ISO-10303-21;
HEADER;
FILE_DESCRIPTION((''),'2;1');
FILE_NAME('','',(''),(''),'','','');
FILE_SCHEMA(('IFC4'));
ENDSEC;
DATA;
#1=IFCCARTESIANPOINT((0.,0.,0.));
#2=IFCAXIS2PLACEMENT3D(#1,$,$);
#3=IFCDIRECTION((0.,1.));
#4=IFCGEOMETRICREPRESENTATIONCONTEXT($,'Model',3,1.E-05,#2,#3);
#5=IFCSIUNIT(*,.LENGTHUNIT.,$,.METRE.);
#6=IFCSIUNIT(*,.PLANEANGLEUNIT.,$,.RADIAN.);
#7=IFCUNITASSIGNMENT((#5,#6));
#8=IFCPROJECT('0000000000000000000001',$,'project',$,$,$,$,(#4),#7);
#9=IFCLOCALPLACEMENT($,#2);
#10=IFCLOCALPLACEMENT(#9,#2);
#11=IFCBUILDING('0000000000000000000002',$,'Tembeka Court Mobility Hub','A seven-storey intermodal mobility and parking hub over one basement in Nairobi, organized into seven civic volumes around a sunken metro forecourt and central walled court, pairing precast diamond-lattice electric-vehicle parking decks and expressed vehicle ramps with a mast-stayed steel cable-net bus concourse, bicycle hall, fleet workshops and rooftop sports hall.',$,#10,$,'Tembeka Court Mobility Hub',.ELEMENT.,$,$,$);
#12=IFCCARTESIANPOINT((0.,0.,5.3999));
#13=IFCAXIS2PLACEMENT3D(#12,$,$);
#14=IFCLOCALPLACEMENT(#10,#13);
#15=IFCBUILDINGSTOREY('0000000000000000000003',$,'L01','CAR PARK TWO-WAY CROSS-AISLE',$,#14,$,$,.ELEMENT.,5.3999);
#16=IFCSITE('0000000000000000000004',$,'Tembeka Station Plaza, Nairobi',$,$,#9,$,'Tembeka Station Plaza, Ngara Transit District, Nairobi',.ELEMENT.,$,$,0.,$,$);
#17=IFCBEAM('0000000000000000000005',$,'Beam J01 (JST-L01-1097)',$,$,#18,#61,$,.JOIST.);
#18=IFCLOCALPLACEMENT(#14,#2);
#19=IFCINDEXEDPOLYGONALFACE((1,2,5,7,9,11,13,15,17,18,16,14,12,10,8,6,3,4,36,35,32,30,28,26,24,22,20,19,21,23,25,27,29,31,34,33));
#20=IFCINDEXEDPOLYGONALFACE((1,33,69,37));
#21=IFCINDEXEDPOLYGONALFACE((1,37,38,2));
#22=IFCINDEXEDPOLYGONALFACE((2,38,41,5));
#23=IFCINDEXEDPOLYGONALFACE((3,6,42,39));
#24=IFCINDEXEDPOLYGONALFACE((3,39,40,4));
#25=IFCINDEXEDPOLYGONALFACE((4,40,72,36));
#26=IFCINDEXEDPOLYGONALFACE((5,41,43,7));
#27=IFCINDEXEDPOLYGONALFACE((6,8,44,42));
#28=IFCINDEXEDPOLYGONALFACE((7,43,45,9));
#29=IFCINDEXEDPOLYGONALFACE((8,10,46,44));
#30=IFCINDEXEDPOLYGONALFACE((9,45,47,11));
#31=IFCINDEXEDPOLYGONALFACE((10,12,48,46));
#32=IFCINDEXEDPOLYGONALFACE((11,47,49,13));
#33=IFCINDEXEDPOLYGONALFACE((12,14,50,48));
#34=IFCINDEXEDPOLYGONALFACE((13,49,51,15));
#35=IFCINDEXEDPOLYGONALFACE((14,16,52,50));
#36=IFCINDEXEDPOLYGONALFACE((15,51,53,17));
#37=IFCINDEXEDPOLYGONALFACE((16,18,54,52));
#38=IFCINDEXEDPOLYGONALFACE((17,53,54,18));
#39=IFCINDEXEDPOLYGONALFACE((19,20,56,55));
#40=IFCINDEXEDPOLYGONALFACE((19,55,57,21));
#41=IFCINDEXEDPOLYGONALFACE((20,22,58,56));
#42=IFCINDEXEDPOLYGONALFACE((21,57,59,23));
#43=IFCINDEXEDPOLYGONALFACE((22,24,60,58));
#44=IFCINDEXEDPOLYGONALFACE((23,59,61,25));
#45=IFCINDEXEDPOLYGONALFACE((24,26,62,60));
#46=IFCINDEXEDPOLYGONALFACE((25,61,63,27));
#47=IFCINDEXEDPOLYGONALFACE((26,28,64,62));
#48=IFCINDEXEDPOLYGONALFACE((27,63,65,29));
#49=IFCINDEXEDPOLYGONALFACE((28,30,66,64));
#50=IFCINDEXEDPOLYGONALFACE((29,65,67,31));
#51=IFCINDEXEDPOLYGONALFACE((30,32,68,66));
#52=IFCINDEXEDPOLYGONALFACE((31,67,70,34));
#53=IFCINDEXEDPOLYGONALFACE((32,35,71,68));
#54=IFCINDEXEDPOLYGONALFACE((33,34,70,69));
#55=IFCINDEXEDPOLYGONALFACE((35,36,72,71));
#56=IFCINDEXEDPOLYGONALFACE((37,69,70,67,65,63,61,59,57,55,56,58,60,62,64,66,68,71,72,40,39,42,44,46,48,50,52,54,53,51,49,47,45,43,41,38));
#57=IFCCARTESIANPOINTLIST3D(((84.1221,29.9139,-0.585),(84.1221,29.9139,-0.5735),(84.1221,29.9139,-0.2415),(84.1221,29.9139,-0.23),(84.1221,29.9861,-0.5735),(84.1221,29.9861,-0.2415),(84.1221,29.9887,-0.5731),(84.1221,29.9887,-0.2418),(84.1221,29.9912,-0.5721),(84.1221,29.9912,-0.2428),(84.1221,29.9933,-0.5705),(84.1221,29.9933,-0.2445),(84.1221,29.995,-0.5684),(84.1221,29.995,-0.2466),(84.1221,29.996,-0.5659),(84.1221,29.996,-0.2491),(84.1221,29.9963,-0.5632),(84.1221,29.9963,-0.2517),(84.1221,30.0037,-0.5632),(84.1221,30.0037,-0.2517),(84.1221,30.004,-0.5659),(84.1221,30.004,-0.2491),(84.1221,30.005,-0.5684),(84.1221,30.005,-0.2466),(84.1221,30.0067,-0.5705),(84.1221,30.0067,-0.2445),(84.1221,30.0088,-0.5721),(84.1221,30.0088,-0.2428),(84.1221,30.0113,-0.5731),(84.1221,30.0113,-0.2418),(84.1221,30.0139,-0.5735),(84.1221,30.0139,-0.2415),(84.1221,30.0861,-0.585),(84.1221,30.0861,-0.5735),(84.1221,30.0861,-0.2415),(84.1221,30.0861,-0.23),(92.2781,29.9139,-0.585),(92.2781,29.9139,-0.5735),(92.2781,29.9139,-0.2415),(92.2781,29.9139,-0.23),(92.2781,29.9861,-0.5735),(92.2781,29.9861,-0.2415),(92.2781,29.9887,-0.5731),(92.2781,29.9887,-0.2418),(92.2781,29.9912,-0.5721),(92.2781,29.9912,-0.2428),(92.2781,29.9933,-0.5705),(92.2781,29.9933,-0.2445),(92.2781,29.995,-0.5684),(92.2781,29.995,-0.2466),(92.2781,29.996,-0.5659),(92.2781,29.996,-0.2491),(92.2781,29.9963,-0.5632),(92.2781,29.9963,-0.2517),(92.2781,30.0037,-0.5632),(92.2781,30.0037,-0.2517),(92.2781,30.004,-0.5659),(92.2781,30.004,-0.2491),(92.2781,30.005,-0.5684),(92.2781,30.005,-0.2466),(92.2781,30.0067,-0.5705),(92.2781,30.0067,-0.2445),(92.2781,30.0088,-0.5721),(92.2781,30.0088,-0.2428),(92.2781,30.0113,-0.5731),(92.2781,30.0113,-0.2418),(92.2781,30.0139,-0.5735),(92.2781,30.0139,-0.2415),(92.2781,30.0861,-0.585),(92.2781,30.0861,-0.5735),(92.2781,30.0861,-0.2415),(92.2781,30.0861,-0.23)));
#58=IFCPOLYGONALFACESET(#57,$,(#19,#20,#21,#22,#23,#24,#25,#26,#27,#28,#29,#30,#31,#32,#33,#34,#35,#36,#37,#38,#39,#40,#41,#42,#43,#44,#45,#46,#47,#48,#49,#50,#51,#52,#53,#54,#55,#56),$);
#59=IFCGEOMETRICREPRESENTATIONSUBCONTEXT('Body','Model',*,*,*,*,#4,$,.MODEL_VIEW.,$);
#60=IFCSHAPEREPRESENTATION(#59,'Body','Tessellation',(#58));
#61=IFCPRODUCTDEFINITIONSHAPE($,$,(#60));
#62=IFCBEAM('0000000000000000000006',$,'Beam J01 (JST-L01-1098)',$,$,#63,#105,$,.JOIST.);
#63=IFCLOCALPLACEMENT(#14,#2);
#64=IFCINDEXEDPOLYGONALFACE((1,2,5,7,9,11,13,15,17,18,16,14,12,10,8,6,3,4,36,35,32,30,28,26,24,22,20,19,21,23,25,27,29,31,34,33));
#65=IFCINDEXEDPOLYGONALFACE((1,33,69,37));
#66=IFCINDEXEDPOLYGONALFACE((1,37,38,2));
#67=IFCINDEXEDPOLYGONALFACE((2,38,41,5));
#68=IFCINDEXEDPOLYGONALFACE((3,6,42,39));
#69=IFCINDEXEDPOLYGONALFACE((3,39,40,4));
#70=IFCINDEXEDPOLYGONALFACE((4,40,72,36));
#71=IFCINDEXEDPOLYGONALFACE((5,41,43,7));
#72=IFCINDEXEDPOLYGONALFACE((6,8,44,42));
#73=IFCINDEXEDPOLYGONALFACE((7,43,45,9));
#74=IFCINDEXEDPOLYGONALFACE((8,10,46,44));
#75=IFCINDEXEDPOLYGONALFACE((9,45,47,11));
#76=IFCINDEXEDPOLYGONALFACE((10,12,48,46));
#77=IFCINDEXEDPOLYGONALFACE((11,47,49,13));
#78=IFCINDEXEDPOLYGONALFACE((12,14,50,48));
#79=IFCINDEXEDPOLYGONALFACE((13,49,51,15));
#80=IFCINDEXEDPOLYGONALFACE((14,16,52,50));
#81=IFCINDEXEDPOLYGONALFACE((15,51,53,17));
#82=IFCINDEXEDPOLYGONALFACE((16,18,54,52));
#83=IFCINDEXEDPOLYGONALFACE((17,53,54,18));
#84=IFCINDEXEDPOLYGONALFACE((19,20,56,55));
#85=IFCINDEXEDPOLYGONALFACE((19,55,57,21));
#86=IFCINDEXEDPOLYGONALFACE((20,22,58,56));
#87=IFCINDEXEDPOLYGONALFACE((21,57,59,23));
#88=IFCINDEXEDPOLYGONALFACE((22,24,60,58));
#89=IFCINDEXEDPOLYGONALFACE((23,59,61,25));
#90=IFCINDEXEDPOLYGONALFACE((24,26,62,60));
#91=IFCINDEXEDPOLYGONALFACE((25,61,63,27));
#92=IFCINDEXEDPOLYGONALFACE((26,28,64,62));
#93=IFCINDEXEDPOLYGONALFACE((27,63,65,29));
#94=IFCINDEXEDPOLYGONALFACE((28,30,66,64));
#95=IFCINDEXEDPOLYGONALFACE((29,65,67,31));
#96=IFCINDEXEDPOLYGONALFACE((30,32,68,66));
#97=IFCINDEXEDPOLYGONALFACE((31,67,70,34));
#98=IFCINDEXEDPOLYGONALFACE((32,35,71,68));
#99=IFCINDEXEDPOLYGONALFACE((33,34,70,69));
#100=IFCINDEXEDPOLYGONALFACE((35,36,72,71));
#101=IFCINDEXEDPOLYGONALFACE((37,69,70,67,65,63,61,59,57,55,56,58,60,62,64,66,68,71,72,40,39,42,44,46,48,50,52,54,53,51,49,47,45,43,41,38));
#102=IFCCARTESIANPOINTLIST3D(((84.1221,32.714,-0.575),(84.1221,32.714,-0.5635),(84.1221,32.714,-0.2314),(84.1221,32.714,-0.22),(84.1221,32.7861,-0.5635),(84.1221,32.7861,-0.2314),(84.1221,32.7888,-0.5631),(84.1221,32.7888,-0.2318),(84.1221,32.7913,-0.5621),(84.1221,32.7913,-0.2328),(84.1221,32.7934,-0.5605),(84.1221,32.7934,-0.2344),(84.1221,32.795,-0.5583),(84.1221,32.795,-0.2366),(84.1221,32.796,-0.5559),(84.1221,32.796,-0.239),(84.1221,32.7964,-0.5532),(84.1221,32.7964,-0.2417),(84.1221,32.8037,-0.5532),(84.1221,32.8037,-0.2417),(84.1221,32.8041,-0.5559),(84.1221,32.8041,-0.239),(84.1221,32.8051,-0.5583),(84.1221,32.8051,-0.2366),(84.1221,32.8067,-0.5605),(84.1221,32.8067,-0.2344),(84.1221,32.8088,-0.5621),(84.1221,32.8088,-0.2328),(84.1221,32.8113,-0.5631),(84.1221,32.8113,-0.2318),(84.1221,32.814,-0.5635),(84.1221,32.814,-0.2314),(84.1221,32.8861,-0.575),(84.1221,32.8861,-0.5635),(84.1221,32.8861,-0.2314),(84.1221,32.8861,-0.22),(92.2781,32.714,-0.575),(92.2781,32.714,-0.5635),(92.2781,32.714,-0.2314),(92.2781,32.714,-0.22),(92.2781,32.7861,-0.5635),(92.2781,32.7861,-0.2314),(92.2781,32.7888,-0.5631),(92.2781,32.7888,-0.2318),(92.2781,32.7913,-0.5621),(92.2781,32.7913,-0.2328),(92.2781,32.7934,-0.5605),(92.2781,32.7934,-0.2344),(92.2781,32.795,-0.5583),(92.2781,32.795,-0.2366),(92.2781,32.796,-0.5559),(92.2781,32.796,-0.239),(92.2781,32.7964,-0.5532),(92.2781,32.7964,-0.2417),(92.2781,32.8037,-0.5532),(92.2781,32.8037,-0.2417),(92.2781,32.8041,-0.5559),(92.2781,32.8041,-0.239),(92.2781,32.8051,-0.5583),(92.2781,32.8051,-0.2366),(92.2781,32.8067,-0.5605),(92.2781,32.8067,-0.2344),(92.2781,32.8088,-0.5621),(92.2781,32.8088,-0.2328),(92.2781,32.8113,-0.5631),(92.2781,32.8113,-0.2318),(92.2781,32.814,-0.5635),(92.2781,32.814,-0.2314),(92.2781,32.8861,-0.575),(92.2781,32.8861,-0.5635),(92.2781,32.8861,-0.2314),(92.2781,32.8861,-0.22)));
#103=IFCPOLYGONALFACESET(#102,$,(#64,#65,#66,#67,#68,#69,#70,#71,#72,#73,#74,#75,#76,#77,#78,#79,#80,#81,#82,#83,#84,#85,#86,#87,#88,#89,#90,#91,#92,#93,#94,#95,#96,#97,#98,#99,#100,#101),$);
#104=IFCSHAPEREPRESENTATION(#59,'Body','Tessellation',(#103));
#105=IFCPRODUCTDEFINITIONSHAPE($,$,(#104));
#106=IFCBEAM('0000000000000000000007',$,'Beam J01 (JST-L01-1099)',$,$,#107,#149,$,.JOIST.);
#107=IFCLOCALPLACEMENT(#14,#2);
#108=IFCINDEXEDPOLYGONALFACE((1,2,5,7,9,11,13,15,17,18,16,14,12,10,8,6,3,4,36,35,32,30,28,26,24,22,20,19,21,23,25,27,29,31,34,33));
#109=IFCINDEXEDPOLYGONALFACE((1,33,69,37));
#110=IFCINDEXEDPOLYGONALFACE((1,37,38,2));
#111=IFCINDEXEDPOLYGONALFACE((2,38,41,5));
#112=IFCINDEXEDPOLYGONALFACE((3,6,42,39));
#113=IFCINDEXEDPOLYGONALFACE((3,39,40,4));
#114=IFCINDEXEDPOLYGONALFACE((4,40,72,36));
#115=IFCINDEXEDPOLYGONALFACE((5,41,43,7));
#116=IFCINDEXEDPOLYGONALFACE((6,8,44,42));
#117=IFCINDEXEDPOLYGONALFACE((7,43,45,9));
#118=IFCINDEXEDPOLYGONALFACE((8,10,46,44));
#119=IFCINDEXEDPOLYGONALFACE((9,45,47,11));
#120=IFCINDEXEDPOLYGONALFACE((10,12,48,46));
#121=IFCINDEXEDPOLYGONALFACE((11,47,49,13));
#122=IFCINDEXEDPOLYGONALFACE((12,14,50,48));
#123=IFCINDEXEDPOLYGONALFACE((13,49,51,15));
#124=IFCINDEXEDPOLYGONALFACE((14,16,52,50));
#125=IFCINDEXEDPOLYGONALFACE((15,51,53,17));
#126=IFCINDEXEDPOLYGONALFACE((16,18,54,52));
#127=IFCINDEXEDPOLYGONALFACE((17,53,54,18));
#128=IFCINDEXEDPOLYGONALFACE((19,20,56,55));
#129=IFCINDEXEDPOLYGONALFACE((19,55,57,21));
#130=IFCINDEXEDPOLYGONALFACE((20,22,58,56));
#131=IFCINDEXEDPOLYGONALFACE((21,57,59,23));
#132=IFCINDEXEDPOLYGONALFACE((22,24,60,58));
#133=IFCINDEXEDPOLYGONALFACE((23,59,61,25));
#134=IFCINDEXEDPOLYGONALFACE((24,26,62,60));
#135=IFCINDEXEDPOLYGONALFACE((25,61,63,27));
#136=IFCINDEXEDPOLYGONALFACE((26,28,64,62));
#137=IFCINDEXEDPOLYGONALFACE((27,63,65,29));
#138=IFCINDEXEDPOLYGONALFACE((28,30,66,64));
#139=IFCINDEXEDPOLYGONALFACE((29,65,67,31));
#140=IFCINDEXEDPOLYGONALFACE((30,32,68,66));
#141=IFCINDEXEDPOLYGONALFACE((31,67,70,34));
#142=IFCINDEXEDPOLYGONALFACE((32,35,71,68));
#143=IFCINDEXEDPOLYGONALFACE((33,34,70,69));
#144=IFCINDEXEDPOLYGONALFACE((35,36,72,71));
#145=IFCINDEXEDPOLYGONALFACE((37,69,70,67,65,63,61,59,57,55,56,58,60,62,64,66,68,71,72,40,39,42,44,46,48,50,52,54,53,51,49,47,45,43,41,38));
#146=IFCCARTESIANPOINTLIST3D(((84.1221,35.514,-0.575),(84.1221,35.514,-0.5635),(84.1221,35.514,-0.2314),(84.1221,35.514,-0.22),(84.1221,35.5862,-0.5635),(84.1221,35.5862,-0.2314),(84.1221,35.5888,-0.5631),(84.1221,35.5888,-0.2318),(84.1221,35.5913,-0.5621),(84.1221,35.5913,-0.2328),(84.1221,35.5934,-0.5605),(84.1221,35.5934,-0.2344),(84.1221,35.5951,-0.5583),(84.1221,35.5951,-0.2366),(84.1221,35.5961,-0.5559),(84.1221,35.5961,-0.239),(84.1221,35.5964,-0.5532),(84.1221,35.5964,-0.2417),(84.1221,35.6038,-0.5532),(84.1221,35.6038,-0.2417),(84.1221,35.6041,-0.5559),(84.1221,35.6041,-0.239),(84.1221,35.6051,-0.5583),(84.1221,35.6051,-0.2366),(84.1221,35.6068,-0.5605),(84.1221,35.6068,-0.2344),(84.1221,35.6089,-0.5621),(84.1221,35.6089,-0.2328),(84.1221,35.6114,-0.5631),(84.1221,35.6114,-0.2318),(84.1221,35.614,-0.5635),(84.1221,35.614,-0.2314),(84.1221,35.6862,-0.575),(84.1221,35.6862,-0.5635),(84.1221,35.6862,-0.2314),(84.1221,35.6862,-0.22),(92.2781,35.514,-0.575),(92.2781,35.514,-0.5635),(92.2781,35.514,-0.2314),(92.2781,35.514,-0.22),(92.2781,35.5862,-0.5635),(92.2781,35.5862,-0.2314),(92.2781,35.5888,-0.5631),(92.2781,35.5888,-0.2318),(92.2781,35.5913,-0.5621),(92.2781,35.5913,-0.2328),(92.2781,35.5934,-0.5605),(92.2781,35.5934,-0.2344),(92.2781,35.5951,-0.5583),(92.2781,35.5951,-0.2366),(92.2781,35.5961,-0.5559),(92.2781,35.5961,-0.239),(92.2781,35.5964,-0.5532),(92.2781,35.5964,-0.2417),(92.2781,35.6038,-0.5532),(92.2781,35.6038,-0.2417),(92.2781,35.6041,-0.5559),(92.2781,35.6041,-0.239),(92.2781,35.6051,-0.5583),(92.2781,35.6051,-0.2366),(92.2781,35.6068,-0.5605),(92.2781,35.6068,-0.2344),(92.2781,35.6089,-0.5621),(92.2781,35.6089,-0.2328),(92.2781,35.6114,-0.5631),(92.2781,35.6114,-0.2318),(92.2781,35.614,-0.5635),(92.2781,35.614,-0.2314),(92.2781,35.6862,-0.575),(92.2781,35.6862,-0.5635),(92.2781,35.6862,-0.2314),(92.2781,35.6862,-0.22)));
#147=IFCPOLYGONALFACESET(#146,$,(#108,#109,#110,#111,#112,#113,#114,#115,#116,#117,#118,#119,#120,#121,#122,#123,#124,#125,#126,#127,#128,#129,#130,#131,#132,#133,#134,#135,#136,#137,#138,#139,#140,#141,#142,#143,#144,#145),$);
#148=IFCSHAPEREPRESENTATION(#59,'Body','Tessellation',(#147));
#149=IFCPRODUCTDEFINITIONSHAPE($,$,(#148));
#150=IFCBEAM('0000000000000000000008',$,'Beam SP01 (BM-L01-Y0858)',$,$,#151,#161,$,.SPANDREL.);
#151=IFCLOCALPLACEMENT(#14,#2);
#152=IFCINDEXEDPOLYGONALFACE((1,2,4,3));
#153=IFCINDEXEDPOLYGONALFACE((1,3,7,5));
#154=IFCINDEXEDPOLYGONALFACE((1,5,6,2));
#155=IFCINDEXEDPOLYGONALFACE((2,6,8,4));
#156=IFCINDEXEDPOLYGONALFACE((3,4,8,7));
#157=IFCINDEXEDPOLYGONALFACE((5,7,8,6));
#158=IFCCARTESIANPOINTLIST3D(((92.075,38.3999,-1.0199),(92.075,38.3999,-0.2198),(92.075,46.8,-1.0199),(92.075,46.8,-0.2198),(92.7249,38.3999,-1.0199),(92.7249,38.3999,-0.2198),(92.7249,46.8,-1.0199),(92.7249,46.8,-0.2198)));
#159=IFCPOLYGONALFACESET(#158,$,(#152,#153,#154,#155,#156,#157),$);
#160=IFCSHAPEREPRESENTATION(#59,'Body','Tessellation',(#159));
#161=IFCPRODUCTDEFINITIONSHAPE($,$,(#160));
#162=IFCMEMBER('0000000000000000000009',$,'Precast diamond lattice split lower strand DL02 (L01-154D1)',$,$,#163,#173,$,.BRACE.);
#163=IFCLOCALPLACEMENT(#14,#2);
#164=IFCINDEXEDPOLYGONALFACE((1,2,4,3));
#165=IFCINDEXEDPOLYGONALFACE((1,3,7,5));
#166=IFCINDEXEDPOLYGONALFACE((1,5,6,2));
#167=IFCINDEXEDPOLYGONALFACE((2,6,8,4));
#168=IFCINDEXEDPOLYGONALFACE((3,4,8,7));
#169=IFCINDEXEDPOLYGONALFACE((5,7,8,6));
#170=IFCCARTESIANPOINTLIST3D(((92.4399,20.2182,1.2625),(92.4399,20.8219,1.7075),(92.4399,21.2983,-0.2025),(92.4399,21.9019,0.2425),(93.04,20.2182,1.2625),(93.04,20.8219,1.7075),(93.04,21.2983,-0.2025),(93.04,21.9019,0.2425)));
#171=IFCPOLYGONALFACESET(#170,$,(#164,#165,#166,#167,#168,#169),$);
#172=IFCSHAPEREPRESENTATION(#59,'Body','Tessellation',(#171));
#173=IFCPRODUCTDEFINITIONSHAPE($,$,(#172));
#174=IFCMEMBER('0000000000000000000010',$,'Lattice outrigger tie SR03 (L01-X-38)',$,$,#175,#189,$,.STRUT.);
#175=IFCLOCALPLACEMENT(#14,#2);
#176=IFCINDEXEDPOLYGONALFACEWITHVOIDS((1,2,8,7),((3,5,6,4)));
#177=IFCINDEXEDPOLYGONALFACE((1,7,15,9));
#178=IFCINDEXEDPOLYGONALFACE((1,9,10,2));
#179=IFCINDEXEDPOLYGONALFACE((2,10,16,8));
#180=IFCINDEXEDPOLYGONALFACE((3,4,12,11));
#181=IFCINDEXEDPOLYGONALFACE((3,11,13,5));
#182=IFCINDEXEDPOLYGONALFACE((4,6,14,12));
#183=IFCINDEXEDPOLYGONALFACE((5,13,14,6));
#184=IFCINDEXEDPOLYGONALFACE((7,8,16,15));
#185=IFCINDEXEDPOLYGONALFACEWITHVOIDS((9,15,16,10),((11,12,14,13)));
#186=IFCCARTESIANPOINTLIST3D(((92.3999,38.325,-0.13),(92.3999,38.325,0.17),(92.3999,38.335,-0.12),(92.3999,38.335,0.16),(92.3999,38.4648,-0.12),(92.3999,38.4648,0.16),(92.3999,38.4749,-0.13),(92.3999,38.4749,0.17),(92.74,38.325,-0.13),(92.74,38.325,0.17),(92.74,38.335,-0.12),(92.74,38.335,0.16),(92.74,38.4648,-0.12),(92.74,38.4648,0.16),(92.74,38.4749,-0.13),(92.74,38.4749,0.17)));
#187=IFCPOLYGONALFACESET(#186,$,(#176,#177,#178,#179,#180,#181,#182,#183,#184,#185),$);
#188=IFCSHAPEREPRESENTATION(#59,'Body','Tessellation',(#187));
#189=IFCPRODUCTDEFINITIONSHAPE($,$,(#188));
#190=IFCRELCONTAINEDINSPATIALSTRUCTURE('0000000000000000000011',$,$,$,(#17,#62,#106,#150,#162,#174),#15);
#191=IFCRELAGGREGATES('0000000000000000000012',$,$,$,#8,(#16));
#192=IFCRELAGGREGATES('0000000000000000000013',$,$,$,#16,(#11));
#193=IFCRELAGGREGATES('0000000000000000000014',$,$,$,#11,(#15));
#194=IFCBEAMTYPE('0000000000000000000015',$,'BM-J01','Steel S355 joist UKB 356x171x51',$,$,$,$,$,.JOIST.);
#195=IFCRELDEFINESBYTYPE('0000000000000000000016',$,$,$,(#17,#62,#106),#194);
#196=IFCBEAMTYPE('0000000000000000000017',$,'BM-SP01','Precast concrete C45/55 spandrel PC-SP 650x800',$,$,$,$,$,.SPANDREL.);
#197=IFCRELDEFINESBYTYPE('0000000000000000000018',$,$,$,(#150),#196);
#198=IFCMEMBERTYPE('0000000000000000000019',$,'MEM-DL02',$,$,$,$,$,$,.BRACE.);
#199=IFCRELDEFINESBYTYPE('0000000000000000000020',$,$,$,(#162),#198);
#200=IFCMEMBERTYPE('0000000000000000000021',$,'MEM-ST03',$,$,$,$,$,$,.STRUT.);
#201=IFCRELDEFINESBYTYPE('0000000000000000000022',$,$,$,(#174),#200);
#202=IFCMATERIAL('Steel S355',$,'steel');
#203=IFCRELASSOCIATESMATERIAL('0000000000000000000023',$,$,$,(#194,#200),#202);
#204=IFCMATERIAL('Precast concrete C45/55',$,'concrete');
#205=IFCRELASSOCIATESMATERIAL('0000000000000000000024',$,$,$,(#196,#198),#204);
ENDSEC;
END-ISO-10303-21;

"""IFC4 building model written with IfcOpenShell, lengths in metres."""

from ifc_helpers import new_model, si_unit, direction, frame, origin, origin_2d, place, context, subcontext, project, spatial, rectangle, hollow_rectangle, i_section, extrude, material, material_profile, profile_set, type_object, element, save


model = new_model("IFC4")

# Units and contexts
model_context = context("Model", 3, precision=1e-05, world=origin(), true_north=direction((0.0, 1.0)))
body_context = subcontext(model_context, "Body", "Model", "MODEL_VIEW")
ifc_project = project(units=[si_unit("LENGTHUNIT", "METRE"), si_unit("PLANEANGLEUNIT", "RADIAN")], contexts=[model_context])

# Site, building, storey
site_placement = place(None, origin())
site = spatial("IfcSite", under=ifc_project, at=site_placement, Name="Tembeka Station Plaza, Nairobi", LongName="Tembeka Station Plaza, Ngara Transit District, Nairobi", CompositionType="ELEMENT", RefElevation=0.0)
building_placement = place(site_placement, origin())
building = spatial("IfcBuilding", under=site, at=building_placement, Name="Tembeka Court Mobility Hub", Description="A seven-storey intermodal mobility and parking hub over one basement in Nairobi, organized into seven civic volumes around a sunken metro forecourt and central walled court, pairing precast diamond-lattice electric-vehicle parking decks and expressed vehicle ramps with a mast-stayed steel cable-net bus concourse, bicycle hall, fleet workshops and rooftop sports hall.", LongName="Tembeka Court Mobility Hub", CompositionType="ELEMENT")
storey_placement = place(building_placement, frame((0.0, 0.0, 5.3999)))
storey = spatial("IfcBuildingStorey", under=building, at=storey_placement, Name="L01", Description="CAR PARK TWO-WAY CROSS-AISLE", CompositionType="ELEMENT", Elevation=5.3999)

# Shared definitions
ifc_material_1 = material(Name="Steel S355", Category="steel")

# Beams
ifc_material_profile_1 = material_profile(ifc_material_1, i_section(OverallWidth=0.1721, OverallDepth=0.355, WebThickness=0.0073, FlangeThickness=0.0115, FilletRadius=0.0103, at=origin_2d()), Name="UKB 356x171x51")
ifc_profile_set_1 = profile_set([ifc_material_profile_1], Name="Steel S355")
beam_type_1 = type_object("IfcBeamType", Name="BM-J01", Description="Steel S355 joist UKB 356x171x51", PredefinedType="JOIST", material=ifc_profile_set_1)
for number, where, z_axis, x_axis, name in (
    (1, (84.1221, 30.0, -0.4075), (1.0, 0.0, 0.0), (0.0, 1.0, 0.0), "Beam J01 (JST-L01-1097)"),
    (2, (84.1221, 32.8, -0.3975), (1.0, 0.0, 0.0), (0.0, 1.0, 0.0), "Beam J01 (JST-L01-1098)"),
    (3, (84.1221, 35.6001, -0.3975), (1.0, 0.0, 0.0), (0.0, 1.0, 0.0), "Beam J01 (JST-L01-1099)"),
):
    element("IfcBeam", number, at=place(storey_placement, frame(where, z_axis=z_axis, x_axis=x_axis)), inside=storey, type_object=beam_type_1, Name=name, PredefinedType="JOIST", context=body_context, shape_type="SweptSolid", body=[
        extrude(i_section(OverallWidth=0.1721, OverallDepth=0.355, WebThickness=0.0073, FlangeThickness=0.0115, FilletRadius=0.0103, at=origin_2d()), origin(), (0.0, 0.0, 1.0), 8.156),
    ])
ifc_material_2 = material(Name="Precast concrete C45/55", Category="concrete")
ifc_material_profile_2 = material_profile(ifc_material_2, rectangle(XDim=0.6499, YDim=0.8, at=origin_2d()), Name="PC-SP 650x800")
ifc_profile_set_2 = profile_set([ifc_material_profile_2], Name="Precast concrete C45/55")
beam_type_2 = type_object("IfcBeamType", Name="BM-SP01", Description="Precast concrete C45/55 spandrel PC-SP 650x800", PredefinedType="SPANDREL", material=ifc_profile_set_2)
beam_1_placement = place(storey_placement, frame((92.3999, 38.3999, -0.6199), z_axis=(0.0, 1.0, 0.0), x_axis=(-1.0, 0.0, 0.0)))
element("IfcBeam", 4, at=beam_1_placement, inside=storey, type_object=beam_type_2, Name="Beam SP01 (BM-L01-Y0858)", PredefinedType="SPANDREL", context=body_context, shape_type="SweptSolid", body=[
    extrude(rectangle(XDim=0.6499, YDim=0.8, at=origin_2d()), origin(), (0.0, 0.0, 1.0), 8.4001),
])

# Members
ifc_material_profile_3 = material_profile(ifc_material_2, rectangle(XDim=0.6001, YDim=0.75, at=origin_2d()), Name="PC-DIAG 600x750")
ifc_profile_set_3 = profile_set([ifc_material_profile_3], Name="Precast concrete C45/55")
member_type_1 = type_object("IfcMemberType", Name="MEM-DL02", PredefinedType="BRACE", material=ifc_profile_set_3)
member_placement = place(storey_placement, frame((92.74, 21.6001, 0.02), z_axis=(0.0, -0.593391, 0.804914), x_axis=(1.0, 0.0, 0.0)))
element("IfcMember", 5, at=member_placement, inside=storey, type_object=member_type_1, Name="Precast diamond lattice split lower strand DL02 (L01-154D1)", PredefinedType="BRACE", context=body_context, shape_type="SweptSolid", body=[
    extrude(rectangle(XDim=0.6001, YDim=0.75, at=origin_2d()), origin(), (0.0, 0.0, 1.0), 1.8201),
])
ifc_material_profile_4 = material_profile(ifc_material_1, hollow_rectangle(XDim=0.1499, YDim=0.3, WallThickness=0.01, at=origin_2d()), Name="RHS 300x150x10")
ifc_profile_set_4 = profile_set([ifc_material_profile_4], Name="Steel S355")
member_type_2 = type_object("IfcMemberType", Name="MEM-ST03", PredefinedType="STRUT", material=ifc_profile_set_4)
for number, where, z_axis, x_axis, name in (
    (6, (92.3999, 38.3999, 0.02), (1.0, 0.0, 0.0), (0.0, 1.0, 0.0), "Lattice outrigger tie SR03 (L01-X-38)"),
):
    element("IfcMember", number, at=place(storey_placement, frame(where, z_axis=z_axis, x_axis=x_axis)), inside=storey, type_object=member_type_2, Name=name, PredefinedType="STRUT", context=body_context, shape_type="SweptSolid", body=[
        extrude(hollow_rectangle(XDim=0.1499, YDim=0.3, WallThickness=0.01, at=origin_2d()), origin(), (0.0, 0.0, 1.0), 0.3401),
    ])

save(model, "model.ifc")
